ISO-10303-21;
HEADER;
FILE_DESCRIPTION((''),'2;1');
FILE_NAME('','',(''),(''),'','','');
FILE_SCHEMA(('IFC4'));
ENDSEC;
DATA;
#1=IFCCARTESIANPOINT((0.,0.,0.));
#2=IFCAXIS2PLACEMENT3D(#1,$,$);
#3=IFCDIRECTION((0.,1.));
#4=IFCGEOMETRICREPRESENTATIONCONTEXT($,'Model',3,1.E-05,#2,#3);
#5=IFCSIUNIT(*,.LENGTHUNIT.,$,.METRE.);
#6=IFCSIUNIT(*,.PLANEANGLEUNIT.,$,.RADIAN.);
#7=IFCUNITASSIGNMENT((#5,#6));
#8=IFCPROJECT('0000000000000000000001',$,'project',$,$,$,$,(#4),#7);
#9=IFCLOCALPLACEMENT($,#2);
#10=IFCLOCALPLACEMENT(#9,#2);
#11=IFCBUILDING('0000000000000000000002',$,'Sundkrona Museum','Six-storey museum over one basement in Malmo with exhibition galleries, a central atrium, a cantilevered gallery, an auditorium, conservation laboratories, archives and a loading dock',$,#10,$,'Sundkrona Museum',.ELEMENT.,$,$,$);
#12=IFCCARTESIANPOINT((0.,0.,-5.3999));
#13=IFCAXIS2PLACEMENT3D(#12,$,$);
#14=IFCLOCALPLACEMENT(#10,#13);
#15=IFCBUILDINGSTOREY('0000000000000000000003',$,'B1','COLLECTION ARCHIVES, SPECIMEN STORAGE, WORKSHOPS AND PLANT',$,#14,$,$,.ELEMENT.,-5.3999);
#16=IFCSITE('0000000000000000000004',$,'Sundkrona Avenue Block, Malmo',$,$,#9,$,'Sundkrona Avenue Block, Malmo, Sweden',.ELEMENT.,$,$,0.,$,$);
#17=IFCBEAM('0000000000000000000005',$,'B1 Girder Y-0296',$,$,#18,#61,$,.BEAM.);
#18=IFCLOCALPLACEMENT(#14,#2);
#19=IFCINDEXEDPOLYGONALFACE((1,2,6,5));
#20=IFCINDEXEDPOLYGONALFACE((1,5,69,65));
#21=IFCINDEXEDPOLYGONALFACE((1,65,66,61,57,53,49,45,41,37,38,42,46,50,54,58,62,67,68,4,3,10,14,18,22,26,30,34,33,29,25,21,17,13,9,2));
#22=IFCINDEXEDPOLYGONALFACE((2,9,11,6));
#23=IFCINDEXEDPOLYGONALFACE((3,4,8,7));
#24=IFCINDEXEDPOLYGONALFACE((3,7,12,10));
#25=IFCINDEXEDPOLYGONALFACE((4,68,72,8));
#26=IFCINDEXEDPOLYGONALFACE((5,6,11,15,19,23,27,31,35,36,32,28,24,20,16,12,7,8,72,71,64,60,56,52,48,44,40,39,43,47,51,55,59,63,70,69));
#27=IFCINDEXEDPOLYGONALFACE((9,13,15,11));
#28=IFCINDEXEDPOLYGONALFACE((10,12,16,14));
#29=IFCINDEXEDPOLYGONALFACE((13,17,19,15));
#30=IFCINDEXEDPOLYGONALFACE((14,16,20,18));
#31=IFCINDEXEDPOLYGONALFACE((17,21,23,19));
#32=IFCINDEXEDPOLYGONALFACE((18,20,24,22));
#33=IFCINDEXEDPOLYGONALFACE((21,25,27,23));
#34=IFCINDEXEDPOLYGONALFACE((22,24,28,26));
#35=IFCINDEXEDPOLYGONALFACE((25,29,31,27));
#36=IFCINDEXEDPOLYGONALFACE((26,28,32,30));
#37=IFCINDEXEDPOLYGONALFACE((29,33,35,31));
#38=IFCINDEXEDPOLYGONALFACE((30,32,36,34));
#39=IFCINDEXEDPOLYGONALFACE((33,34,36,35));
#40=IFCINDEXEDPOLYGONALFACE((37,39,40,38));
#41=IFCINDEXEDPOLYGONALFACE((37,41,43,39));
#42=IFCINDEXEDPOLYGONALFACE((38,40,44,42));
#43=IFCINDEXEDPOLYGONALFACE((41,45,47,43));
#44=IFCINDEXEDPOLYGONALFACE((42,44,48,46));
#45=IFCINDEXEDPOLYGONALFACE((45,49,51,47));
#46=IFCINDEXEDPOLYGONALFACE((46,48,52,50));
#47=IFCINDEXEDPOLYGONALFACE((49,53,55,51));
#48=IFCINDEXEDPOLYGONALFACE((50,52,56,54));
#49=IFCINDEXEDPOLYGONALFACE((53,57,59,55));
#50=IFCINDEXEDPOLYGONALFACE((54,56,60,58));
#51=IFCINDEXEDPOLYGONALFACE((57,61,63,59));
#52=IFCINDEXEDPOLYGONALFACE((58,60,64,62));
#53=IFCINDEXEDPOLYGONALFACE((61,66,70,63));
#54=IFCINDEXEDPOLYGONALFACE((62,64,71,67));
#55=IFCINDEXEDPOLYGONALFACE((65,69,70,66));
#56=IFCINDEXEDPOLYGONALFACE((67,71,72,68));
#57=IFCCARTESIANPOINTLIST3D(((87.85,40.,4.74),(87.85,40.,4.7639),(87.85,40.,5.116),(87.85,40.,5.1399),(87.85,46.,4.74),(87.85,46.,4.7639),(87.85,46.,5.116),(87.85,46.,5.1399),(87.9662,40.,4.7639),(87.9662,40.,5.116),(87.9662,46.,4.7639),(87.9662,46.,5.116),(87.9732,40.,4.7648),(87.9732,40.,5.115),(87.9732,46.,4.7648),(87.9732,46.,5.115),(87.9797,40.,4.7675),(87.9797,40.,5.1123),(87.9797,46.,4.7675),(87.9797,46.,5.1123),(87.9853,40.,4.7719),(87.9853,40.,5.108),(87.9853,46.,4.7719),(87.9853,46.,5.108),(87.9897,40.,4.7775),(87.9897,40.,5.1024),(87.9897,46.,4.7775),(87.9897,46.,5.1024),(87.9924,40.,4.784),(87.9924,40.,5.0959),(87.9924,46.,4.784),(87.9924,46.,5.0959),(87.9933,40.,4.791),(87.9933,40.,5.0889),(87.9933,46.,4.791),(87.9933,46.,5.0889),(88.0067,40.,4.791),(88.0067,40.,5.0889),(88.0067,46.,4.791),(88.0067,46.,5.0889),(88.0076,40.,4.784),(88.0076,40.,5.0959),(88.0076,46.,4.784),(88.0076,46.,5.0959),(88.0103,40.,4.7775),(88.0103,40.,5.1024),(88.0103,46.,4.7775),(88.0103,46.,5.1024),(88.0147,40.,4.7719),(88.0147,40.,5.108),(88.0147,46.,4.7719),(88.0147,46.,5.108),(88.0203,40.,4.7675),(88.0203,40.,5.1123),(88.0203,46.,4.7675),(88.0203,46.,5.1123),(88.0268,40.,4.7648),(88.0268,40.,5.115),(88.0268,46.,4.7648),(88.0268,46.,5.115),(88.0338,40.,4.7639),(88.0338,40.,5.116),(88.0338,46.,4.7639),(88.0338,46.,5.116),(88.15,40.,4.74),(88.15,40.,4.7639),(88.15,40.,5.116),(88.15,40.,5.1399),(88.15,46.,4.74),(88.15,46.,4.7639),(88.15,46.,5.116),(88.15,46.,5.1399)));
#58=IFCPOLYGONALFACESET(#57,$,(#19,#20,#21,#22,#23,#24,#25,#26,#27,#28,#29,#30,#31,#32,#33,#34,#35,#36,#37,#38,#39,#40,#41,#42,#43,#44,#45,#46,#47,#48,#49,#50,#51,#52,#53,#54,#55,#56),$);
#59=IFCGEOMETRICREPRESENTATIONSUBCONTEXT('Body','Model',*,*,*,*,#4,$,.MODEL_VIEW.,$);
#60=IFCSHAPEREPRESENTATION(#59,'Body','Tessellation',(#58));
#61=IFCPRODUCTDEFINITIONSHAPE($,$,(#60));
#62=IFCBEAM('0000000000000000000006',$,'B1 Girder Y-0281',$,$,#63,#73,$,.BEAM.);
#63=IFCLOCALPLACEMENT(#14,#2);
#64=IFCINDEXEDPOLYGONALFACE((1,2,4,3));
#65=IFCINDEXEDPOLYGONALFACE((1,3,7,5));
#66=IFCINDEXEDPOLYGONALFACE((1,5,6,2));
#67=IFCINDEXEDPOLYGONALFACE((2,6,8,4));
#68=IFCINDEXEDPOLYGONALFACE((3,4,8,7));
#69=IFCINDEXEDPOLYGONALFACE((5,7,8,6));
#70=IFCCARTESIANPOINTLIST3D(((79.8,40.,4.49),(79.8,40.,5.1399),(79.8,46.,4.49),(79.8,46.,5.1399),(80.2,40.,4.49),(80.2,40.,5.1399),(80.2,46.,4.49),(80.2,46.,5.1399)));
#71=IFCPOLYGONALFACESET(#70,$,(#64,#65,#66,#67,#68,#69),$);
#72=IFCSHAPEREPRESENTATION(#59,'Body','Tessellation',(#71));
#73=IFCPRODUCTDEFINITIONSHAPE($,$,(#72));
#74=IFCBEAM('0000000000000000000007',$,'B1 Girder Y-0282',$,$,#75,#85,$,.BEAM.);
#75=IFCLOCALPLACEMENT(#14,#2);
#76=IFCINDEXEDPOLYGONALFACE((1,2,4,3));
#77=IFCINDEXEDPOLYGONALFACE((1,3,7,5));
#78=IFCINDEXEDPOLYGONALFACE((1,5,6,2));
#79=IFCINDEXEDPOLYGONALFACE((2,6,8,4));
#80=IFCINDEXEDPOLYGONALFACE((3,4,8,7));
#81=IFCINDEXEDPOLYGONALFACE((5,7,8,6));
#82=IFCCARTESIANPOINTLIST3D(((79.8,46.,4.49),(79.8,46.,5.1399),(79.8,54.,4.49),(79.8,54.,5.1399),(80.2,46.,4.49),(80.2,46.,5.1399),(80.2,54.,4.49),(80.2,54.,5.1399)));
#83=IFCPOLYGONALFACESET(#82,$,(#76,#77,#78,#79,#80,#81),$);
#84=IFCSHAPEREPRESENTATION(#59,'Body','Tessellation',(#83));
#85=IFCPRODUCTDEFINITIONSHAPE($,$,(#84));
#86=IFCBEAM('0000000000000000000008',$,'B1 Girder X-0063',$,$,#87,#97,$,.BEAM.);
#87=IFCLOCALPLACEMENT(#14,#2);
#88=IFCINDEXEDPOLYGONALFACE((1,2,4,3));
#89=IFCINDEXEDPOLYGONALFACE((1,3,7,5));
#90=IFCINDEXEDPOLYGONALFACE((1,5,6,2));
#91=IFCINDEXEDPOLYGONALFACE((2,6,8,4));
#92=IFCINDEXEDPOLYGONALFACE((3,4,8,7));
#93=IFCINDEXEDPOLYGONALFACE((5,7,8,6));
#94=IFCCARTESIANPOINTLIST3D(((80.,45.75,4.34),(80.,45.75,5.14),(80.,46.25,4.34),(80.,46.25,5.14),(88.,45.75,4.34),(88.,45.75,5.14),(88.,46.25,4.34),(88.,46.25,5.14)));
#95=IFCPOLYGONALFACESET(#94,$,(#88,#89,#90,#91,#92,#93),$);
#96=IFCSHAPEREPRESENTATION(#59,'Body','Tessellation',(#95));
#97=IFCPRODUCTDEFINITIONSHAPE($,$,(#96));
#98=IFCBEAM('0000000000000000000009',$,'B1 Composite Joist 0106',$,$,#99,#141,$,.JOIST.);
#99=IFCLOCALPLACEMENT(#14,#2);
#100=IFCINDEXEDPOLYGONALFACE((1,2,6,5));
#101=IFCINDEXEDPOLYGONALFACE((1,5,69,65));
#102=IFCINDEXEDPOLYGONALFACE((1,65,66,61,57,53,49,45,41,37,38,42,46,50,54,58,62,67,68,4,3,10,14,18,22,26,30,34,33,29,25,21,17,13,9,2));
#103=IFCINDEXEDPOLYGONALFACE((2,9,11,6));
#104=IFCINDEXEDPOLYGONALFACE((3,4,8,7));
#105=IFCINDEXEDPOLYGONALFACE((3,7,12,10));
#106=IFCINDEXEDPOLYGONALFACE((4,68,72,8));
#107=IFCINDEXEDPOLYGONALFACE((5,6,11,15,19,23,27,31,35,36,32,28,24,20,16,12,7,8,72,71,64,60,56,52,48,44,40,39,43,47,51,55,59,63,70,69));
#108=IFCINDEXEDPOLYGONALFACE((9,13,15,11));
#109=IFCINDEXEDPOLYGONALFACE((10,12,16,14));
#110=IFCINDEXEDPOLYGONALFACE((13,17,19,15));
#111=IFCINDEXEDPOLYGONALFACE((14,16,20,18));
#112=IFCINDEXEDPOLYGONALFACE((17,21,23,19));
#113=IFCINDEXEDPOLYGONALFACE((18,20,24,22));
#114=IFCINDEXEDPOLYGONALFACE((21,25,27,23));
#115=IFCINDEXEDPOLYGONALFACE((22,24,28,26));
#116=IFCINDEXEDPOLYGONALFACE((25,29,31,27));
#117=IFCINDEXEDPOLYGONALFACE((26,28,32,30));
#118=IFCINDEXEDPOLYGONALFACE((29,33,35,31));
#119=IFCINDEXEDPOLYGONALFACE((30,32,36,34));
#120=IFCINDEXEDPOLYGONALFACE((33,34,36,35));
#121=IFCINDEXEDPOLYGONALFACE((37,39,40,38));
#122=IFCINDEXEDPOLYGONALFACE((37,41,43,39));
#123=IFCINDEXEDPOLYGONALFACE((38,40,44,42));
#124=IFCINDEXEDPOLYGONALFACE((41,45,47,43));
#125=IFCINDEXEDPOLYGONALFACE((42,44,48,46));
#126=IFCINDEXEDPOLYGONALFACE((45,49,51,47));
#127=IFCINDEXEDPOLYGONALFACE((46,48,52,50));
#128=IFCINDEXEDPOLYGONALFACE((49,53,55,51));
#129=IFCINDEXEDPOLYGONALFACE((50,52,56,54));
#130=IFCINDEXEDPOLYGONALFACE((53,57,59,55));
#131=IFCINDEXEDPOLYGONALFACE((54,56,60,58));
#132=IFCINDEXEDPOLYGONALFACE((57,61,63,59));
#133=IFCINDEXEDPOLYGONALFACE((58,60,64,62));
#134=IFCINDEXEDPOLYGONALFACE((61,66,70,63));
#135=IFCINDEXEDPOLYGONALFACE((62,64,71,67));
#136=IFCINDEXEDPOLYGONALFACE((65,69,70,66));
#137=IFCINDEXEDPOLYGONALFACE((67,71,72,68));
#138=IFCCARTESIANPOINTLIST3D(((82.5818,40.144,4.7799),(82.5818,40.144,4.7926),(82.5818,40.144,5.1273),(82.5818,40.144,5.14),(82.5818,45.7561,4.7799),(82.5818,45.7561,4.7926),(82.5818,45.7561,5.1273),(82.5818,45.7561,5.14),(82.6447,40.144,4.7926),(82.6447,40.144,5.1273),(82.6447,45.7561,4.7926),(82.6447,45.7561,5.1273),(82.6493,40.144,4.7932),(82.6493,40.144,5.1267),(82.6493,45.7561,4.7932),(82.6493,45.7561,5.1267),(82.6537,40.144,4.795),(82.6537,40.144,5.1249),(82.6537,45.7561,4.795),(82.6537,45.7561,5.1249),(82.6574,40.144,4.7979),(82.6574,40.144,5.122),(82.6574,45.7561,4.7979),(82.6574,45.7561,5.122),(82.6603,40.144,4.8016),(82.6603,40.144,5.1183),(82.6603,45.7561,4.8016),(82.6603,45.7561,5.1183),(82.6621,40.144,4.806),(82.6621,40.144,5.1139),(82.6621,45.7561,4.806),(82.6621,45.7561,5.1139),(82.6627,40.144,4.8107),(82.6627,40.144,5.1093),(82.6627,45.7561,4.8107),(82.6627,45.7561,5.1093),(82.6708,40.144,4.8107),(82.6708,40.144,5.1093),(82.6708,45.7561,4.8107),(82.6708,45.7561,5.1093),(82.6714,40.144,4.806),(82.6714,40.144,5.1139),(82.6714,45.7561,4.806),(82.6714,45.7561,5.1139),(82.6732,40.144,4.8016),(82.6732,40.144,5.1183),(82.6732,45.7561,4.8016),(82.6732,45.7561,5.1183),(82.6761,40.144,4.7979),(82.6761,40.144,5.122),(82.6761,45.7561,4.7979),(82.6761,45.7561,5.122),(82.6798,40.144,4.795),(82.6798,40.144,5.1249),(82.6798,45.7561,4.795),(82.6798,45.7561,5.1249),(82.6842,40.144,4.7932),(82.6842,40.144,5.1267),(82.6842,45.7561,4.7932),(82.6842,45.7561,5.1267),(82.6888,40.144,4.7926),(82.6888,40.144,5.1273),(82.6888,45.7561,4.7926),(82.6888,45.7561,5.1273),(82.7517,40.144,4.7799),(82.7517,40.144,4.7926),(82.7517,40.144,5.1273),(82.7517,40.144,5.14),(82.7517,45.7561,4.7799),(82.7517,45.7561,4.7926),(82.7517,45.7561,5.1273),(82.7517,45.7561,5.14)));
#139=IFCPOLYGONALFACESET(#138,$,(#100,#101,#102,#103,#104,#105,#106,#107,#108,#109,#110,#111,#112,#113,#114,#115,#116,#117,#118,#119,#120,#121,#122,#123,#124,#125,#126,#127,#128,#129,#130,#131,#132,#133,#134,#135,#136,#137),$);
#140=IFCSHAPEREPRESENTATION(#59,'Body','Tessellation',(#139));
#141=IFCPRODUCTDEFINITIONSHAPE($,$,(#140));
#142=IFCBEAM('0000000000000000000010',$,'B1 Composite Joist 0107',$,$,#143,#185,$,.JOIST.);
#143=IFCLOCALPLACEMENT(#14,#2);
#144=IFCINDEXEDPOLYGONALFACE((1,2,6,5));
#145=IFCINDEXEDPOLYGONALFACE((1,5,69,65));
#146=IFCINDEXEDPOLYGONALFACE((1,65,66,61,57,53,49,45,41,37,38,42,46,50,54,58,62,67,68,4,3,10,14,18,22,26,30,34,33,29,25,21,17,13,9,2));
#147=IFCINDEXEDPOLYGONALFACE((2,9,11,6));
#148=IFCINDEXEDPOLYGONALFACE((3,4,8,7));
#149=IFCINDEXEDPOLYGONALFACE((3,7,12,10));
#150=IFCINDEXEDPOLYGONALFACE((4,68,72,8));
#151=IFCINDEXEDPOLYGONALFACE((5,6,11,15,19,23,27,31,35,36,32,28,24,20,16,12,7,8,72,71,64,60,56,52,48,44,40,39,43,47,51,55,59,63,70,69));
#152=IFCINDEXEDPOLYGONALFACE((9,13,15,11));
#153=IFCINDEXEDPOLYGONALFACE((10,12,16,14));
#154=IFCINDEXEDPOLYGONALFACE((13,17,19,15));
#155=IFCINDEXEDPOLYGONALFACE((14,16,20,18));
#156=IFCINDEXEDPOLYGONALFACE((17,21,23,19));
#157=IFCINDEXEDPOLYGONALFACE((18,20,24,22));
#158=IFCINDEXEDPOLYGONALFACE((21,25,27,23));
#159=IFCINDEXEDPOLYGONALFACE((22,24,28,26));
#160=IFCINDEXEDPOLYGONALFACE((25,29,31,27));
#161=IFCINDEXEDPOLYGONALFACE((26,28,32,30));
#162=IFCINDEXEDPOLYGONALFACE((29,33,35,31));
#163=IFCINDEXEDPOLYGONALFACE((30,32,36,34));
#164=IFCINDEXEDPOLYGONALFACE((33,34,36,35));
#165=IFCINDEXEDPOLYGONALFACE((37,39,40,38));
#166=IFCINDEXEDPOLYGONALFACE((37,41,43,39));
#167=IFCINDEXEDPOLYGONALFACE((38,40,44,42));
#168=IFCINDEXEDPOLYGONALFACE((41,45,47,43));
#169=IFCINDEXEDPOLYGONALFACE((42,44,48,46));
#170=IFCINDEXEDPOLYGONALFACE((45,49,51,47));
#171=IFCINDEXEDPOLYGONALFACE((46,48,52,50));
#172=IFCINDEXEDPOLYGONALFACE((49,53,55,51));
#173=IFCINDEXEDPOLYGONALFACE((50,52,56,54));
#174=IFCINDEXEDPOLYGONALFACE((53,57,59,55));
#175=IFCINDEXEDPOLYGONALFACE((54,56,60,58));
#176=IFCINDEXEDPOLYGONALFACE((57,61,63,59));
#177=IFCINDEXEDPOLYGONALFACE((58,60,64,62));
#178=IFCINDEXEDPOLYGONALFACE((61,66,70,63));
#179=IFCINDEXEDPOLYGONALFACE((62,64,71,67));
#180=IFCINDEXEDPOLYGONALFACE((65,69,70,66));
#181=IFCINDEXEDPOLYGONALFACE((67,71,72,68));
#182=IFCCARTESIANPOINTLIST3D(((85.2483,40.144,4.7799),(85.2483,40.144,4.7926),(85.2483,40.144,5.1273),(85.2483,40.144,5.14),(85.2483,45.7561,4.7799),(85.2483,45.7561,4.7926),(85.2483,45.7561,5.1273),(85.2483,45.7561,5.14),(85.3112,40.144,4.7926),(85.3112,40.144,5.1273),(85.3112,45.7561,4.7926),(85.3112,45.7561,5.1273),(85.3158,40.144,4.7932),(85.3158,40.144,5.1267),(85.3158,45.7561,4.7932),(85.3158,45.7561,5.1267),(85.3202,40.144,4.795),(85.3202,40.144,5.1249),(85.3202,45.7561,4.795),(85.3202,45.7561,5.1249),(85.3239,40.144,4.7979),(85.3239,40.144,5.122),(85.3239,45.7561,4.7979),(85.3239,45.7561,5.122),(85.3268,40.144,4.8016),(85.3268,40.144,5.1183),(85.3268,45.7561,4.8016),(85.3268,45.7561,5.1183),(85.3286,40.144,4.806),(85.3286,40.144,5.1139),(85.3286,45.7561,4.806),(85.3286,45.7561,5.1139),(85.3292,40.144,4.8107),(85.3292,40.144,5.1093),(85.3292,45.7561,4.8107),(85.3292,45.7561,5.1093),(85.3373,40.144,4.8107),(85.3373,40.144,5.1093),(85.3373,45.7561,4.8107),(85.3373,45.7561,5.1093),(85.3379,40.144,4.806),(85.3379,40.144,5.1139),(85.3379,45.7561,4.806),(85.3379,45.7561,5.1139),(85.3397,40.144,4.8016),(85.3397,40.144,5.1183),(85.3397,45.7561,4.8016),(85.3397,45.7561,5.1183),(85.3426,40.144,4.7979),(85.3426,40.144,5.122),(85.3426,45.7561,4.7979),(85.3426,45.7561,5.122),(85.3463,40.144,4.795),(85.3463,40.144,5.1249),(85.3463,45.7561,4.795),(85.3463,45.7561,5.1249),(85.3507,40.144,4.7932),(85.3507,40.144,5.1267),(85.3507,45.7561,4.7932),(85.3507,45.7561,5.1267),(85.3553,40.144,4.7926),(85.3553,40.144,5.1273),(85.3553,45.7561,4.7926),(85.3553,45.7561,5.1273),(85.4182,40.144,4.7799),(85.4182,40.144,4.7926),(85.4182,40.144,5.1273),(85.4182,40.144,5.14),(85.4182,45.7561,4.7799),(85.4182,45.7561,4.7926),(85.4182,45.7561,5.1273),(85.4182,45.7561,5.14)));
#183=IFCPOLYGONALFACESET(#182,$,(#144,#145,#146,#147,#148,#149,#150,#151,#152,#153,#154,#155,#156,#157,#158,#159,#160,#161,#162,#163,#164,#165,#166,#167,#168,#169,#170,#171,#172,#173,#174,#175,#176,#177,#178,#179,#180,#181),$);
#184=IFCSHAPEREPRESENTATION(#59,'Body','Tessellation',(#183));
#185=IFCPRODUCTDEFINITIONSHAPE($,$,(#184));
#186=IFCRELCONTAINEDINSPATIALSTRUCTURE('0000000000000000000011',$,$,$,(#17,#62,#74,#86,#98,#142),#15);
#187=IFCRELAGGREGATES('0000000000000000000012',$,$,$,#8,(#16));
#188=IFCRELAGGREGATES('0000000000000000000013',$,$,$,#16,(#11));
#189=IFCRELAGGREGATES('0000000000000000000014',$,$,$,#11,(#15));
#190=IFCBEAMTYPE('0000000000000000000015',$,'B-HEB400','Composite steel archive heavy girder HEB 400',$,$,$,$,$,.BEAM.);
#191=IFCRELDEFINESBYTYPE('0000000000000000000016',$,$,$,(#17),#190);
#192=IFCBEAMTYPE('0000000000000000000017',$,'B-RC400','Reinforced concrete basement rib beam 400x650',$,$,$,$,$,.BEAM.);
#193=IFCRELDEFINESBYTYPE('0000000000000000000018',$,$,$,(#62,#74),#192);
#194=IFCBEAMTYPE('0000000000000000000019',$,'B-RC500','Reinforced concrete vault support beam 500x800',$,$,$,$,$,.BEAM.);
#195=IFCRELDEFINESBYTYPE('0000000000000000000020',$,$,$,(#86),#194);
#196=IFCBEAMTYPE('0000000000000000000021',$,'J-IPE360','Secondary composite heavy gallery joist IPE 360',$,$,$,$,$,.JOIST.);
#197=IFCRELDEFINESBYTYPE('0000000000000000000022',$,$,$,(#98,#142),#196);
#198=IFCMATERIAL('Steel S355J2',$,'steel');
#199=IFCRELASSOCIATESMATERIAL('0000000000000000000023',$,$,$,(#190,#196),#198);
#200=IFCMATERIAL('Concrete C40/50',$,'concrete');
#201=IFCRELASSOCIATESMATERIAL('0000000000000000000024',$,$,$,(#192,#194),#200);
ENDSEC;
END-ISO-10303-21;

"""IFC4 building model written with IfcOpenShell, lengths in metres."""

from ifc_helpers import new_model, si_unit, direction, frame, origin, origin_2d, place, context, subcontext, project, spatial, rectangle, i_section, extrude, material, material_profile, profile_set, type_object, element, save


model = new_model("IFC4")

# Units and contexts
model_context = context("Model", 3, precision=1e-05, world=origin(), true_north=direction((0.0, 1.0)))
body_context = subcontext(model_context, "Body", "Model", "MODEL_VIEW")
ifc_project = project(units=[si_unit("LENGTHUNIT", "METRE"), si_unit("PLANEANGLEUNIT", "RADIAN")], contexts=[model_context])

# Site, building, storey
site_placement = place(None, origin())
site = spatial("IfcSite", under=ifc_project, at=site_placement, Name="Sundkrona Avenue Block, Malmo", LongName="Sundkrona Avenue Block, Malmo, Sweden", CompositionType="ELEMENT", RefElevation=0.0)
building_placement = place(site_placement, origin())
building = spatial("IfcBuilding", under=site, at=building_placement, Name="Sundkrona Museum", Description="Six-storey museum over one basement in Malmo with exhibition galleries, a central atrium, a cantilevered gallery, an auditorium, conservation laboratories, archives and a loading dock", LongName="Sundkrona Museum", CompositionType="ELEMENT")
storey_placement = place(building_placement, frame((0.0, 0.0, -5.3999)))
storey = spatial("IfcBuildingStorey", under=building, at=storey_placement, Name="B1", Description="COLLECTION ARCHIVES, SPECIMEN STORAGE, WORKSHOPS AND PLANT", CompositionType="ELEMENT", Elevation=-5.3999)

# Shared definitions
ifc_material_1 = material(Name="Concrete C40/50", Category="concrete")

# Beams
ifc_material_2 = material(Name="Steel S355J2", Category="steel")
ifc_material_profile_1 = material_profile(ifc_material_2, i_section(OverallWidth=0.3, OverallDepth=0.3999, WebThickness=0.0134, FlangeThickness=0.0239, FilletRadius=0.0271, at=origin_2d()), Name="HEB 400")
ifc_profile_set_1 = profile_set([ifc_material_profile_1], Name="Steel S355J2")
beam_type_1 = type_object("IfcBeamType", Name="B-HEB400", Description="Composite steel archive heavy girder HEB 400", PredefinedType="BEAM", material=ifc_profile_set_1)
beam_1_placement = place(storey_placement, frame((88.0, 40.0, 4.9399), z_axis=(0.0, 1.0, 0.0), x_axis=(-1.0, 0.0, 0.0)))
element("IfcBeam", 1, at=beam_1_placement, inside=storey, type_object=beam_type_1, Name="B1 Girder Y-0296", PredefinedType="BEAM", context=body_context, shape_type="SweptSolid", body=[
    extrude(i_section(OverallWidth=0.3, OverallDepth=0.3999, WebThickness=0.0134, FlangeThickness=0.0239, FilletRadius=0.0271, at=origin_2d()), origin(), (0.0, 0.0, 1.0), 6.0),
])
ifc_material_profile_2 = material_profile(ifc_material_1, rectangle(XDim=0.3999, YDim=0.6499, at=origin_2d()), Name="RCB 400x650")
ifc_profile_set_2 = profile_set([ifc_material_profile_2], Name="Concrete C40/50")
beam_type_2 = type_object("IfcBeamType", Name="B-RC400", Description="Reinforced concrete basement rib beam 400x650", PredefinedType="BEAM", material=ifc_profile_set_2)
beam_2_placement = place(storey_placement, frame((80.0, 40.0, 4.8149), z_axis=(0.0, 1.0, 0.0), x_axis=(-1.0, 0.0, 0.0)))
element("IfcBeam", 2, at=beam_2_placement, inside=storey, type_object=beam_type_2, Name="B1 Girder Y-0281", PredefinedType="BEAM", context=body_context, shape_type="SweptSolid", body=[
    extrude(rectangle(XDim=0.3999, YDim=0.6499, at=origin_2d()), origin(), (0.0, 0.0, 1.0), 6.0),
])
beam_3_placement = place(storey_placement, frame((80.0, 46.0, 4.8149), z_axis=(0.0, 1.0, 0.0), x_axis=(-1.0, 0.0, 0.0)))
element("IfcBeam", 3, at=beam_3_placement, inside=storey, type_object=beam_type_2, Name="B1 Girder Y-0282", PredefinedType="BEAM", context=body_context, shape_type="SweptSolid", body=[
    extrude(rectangle(XDim=0.3999, YDim=0.6499, at=origin_2d()), origin(), (0.0, 0.0, 1.0), 8.0),
])
ifc_material_profile_3 = material_profile(ifc_material_1, rectangle(XDim=0.5, YDim=0.8, at=origin_2d()), Name="RCB 500x800")
ifc_profile_set_3 = profile_set([ifc_material_profile_3], Name="Concrete C40/50")
beam_type_3 = type_object("IfcBeamType", Name="B-RC500", Description="Reinforced concrete vault support beam 500x800", PredefinedType="BEAM", material=ifc_profile_set_3)
beam_4_placement = place(storey_placement, frame((80.0, 46.0, 4.74), z_axis=(1.0, 0.0, 0.0), x_axis=(0.0, 1.0, 0.0)))
element("IfcBeam", 4, at=beam_4_placement, inside=storey, type_object=beam_type_3, Name="B1 Girder X-0063", PredefinedType="BEAM", context=body_context, shape_type="SweptSolid", body=[
    extrude(rectangle(XDim=0.5, YDim=0.8, at=origin_2d()), origin(), (0.0, 0.0, 1.0), 8.0),
])
ifc_material_profile_4 = material_profile(ifc_material_2, i_section(OverallWidth=0.1699, OverallDepth=0.3601, WebThickness=0.0081, FlangeThickness=0.0127, FilletRadius=0.0181, at=origin_2d()), Name="IPE 360")
ifc_profile_set_4 = profile_set([ifc_material_profile_4], Name="Steel S355J2")
beam_type_4 = type_object("IfcBeamType", Name="J-IPE360", Description="Secondary composite heavy gallery joist IPE 360", PredefinedType="JOIST", material=ifc_profile_set_4)
for number, where, z_axis, x_axis, name in (
    (5, (82.6667, 40.144, 4.96), (0.0, 1.0, 0.0), (-1.0, 0.0, 0.0), "B1 Composite Joist 0106"),
    (6, (85.3333, 40.144, 4.96), (0.0, 1.0, 0.0), (-1.0, 0.0, 0.0), "B1 Composite Joist 0107"),
):
    element("IfcBeam", number, at=place(storey_placement, frame(where, z_axis=z_axis, x_axis=x_axis)), inside=storey, type_object=beam_type_4, Name=name, PredefinedType="JOIST", context=body_context, shape_type="SweptSolid", body=[
        extrude(i_section(OverallWidth=0.1699, OverallDepth=0.3601, WebThickness=0.0081, FlangeThickness=0.0127, FilletRadius=0.0181, at=origin_2d()), origin(), (0.0, 0.0, 1.0), 5.6121),
    ])

save(model, "model.ifc")
